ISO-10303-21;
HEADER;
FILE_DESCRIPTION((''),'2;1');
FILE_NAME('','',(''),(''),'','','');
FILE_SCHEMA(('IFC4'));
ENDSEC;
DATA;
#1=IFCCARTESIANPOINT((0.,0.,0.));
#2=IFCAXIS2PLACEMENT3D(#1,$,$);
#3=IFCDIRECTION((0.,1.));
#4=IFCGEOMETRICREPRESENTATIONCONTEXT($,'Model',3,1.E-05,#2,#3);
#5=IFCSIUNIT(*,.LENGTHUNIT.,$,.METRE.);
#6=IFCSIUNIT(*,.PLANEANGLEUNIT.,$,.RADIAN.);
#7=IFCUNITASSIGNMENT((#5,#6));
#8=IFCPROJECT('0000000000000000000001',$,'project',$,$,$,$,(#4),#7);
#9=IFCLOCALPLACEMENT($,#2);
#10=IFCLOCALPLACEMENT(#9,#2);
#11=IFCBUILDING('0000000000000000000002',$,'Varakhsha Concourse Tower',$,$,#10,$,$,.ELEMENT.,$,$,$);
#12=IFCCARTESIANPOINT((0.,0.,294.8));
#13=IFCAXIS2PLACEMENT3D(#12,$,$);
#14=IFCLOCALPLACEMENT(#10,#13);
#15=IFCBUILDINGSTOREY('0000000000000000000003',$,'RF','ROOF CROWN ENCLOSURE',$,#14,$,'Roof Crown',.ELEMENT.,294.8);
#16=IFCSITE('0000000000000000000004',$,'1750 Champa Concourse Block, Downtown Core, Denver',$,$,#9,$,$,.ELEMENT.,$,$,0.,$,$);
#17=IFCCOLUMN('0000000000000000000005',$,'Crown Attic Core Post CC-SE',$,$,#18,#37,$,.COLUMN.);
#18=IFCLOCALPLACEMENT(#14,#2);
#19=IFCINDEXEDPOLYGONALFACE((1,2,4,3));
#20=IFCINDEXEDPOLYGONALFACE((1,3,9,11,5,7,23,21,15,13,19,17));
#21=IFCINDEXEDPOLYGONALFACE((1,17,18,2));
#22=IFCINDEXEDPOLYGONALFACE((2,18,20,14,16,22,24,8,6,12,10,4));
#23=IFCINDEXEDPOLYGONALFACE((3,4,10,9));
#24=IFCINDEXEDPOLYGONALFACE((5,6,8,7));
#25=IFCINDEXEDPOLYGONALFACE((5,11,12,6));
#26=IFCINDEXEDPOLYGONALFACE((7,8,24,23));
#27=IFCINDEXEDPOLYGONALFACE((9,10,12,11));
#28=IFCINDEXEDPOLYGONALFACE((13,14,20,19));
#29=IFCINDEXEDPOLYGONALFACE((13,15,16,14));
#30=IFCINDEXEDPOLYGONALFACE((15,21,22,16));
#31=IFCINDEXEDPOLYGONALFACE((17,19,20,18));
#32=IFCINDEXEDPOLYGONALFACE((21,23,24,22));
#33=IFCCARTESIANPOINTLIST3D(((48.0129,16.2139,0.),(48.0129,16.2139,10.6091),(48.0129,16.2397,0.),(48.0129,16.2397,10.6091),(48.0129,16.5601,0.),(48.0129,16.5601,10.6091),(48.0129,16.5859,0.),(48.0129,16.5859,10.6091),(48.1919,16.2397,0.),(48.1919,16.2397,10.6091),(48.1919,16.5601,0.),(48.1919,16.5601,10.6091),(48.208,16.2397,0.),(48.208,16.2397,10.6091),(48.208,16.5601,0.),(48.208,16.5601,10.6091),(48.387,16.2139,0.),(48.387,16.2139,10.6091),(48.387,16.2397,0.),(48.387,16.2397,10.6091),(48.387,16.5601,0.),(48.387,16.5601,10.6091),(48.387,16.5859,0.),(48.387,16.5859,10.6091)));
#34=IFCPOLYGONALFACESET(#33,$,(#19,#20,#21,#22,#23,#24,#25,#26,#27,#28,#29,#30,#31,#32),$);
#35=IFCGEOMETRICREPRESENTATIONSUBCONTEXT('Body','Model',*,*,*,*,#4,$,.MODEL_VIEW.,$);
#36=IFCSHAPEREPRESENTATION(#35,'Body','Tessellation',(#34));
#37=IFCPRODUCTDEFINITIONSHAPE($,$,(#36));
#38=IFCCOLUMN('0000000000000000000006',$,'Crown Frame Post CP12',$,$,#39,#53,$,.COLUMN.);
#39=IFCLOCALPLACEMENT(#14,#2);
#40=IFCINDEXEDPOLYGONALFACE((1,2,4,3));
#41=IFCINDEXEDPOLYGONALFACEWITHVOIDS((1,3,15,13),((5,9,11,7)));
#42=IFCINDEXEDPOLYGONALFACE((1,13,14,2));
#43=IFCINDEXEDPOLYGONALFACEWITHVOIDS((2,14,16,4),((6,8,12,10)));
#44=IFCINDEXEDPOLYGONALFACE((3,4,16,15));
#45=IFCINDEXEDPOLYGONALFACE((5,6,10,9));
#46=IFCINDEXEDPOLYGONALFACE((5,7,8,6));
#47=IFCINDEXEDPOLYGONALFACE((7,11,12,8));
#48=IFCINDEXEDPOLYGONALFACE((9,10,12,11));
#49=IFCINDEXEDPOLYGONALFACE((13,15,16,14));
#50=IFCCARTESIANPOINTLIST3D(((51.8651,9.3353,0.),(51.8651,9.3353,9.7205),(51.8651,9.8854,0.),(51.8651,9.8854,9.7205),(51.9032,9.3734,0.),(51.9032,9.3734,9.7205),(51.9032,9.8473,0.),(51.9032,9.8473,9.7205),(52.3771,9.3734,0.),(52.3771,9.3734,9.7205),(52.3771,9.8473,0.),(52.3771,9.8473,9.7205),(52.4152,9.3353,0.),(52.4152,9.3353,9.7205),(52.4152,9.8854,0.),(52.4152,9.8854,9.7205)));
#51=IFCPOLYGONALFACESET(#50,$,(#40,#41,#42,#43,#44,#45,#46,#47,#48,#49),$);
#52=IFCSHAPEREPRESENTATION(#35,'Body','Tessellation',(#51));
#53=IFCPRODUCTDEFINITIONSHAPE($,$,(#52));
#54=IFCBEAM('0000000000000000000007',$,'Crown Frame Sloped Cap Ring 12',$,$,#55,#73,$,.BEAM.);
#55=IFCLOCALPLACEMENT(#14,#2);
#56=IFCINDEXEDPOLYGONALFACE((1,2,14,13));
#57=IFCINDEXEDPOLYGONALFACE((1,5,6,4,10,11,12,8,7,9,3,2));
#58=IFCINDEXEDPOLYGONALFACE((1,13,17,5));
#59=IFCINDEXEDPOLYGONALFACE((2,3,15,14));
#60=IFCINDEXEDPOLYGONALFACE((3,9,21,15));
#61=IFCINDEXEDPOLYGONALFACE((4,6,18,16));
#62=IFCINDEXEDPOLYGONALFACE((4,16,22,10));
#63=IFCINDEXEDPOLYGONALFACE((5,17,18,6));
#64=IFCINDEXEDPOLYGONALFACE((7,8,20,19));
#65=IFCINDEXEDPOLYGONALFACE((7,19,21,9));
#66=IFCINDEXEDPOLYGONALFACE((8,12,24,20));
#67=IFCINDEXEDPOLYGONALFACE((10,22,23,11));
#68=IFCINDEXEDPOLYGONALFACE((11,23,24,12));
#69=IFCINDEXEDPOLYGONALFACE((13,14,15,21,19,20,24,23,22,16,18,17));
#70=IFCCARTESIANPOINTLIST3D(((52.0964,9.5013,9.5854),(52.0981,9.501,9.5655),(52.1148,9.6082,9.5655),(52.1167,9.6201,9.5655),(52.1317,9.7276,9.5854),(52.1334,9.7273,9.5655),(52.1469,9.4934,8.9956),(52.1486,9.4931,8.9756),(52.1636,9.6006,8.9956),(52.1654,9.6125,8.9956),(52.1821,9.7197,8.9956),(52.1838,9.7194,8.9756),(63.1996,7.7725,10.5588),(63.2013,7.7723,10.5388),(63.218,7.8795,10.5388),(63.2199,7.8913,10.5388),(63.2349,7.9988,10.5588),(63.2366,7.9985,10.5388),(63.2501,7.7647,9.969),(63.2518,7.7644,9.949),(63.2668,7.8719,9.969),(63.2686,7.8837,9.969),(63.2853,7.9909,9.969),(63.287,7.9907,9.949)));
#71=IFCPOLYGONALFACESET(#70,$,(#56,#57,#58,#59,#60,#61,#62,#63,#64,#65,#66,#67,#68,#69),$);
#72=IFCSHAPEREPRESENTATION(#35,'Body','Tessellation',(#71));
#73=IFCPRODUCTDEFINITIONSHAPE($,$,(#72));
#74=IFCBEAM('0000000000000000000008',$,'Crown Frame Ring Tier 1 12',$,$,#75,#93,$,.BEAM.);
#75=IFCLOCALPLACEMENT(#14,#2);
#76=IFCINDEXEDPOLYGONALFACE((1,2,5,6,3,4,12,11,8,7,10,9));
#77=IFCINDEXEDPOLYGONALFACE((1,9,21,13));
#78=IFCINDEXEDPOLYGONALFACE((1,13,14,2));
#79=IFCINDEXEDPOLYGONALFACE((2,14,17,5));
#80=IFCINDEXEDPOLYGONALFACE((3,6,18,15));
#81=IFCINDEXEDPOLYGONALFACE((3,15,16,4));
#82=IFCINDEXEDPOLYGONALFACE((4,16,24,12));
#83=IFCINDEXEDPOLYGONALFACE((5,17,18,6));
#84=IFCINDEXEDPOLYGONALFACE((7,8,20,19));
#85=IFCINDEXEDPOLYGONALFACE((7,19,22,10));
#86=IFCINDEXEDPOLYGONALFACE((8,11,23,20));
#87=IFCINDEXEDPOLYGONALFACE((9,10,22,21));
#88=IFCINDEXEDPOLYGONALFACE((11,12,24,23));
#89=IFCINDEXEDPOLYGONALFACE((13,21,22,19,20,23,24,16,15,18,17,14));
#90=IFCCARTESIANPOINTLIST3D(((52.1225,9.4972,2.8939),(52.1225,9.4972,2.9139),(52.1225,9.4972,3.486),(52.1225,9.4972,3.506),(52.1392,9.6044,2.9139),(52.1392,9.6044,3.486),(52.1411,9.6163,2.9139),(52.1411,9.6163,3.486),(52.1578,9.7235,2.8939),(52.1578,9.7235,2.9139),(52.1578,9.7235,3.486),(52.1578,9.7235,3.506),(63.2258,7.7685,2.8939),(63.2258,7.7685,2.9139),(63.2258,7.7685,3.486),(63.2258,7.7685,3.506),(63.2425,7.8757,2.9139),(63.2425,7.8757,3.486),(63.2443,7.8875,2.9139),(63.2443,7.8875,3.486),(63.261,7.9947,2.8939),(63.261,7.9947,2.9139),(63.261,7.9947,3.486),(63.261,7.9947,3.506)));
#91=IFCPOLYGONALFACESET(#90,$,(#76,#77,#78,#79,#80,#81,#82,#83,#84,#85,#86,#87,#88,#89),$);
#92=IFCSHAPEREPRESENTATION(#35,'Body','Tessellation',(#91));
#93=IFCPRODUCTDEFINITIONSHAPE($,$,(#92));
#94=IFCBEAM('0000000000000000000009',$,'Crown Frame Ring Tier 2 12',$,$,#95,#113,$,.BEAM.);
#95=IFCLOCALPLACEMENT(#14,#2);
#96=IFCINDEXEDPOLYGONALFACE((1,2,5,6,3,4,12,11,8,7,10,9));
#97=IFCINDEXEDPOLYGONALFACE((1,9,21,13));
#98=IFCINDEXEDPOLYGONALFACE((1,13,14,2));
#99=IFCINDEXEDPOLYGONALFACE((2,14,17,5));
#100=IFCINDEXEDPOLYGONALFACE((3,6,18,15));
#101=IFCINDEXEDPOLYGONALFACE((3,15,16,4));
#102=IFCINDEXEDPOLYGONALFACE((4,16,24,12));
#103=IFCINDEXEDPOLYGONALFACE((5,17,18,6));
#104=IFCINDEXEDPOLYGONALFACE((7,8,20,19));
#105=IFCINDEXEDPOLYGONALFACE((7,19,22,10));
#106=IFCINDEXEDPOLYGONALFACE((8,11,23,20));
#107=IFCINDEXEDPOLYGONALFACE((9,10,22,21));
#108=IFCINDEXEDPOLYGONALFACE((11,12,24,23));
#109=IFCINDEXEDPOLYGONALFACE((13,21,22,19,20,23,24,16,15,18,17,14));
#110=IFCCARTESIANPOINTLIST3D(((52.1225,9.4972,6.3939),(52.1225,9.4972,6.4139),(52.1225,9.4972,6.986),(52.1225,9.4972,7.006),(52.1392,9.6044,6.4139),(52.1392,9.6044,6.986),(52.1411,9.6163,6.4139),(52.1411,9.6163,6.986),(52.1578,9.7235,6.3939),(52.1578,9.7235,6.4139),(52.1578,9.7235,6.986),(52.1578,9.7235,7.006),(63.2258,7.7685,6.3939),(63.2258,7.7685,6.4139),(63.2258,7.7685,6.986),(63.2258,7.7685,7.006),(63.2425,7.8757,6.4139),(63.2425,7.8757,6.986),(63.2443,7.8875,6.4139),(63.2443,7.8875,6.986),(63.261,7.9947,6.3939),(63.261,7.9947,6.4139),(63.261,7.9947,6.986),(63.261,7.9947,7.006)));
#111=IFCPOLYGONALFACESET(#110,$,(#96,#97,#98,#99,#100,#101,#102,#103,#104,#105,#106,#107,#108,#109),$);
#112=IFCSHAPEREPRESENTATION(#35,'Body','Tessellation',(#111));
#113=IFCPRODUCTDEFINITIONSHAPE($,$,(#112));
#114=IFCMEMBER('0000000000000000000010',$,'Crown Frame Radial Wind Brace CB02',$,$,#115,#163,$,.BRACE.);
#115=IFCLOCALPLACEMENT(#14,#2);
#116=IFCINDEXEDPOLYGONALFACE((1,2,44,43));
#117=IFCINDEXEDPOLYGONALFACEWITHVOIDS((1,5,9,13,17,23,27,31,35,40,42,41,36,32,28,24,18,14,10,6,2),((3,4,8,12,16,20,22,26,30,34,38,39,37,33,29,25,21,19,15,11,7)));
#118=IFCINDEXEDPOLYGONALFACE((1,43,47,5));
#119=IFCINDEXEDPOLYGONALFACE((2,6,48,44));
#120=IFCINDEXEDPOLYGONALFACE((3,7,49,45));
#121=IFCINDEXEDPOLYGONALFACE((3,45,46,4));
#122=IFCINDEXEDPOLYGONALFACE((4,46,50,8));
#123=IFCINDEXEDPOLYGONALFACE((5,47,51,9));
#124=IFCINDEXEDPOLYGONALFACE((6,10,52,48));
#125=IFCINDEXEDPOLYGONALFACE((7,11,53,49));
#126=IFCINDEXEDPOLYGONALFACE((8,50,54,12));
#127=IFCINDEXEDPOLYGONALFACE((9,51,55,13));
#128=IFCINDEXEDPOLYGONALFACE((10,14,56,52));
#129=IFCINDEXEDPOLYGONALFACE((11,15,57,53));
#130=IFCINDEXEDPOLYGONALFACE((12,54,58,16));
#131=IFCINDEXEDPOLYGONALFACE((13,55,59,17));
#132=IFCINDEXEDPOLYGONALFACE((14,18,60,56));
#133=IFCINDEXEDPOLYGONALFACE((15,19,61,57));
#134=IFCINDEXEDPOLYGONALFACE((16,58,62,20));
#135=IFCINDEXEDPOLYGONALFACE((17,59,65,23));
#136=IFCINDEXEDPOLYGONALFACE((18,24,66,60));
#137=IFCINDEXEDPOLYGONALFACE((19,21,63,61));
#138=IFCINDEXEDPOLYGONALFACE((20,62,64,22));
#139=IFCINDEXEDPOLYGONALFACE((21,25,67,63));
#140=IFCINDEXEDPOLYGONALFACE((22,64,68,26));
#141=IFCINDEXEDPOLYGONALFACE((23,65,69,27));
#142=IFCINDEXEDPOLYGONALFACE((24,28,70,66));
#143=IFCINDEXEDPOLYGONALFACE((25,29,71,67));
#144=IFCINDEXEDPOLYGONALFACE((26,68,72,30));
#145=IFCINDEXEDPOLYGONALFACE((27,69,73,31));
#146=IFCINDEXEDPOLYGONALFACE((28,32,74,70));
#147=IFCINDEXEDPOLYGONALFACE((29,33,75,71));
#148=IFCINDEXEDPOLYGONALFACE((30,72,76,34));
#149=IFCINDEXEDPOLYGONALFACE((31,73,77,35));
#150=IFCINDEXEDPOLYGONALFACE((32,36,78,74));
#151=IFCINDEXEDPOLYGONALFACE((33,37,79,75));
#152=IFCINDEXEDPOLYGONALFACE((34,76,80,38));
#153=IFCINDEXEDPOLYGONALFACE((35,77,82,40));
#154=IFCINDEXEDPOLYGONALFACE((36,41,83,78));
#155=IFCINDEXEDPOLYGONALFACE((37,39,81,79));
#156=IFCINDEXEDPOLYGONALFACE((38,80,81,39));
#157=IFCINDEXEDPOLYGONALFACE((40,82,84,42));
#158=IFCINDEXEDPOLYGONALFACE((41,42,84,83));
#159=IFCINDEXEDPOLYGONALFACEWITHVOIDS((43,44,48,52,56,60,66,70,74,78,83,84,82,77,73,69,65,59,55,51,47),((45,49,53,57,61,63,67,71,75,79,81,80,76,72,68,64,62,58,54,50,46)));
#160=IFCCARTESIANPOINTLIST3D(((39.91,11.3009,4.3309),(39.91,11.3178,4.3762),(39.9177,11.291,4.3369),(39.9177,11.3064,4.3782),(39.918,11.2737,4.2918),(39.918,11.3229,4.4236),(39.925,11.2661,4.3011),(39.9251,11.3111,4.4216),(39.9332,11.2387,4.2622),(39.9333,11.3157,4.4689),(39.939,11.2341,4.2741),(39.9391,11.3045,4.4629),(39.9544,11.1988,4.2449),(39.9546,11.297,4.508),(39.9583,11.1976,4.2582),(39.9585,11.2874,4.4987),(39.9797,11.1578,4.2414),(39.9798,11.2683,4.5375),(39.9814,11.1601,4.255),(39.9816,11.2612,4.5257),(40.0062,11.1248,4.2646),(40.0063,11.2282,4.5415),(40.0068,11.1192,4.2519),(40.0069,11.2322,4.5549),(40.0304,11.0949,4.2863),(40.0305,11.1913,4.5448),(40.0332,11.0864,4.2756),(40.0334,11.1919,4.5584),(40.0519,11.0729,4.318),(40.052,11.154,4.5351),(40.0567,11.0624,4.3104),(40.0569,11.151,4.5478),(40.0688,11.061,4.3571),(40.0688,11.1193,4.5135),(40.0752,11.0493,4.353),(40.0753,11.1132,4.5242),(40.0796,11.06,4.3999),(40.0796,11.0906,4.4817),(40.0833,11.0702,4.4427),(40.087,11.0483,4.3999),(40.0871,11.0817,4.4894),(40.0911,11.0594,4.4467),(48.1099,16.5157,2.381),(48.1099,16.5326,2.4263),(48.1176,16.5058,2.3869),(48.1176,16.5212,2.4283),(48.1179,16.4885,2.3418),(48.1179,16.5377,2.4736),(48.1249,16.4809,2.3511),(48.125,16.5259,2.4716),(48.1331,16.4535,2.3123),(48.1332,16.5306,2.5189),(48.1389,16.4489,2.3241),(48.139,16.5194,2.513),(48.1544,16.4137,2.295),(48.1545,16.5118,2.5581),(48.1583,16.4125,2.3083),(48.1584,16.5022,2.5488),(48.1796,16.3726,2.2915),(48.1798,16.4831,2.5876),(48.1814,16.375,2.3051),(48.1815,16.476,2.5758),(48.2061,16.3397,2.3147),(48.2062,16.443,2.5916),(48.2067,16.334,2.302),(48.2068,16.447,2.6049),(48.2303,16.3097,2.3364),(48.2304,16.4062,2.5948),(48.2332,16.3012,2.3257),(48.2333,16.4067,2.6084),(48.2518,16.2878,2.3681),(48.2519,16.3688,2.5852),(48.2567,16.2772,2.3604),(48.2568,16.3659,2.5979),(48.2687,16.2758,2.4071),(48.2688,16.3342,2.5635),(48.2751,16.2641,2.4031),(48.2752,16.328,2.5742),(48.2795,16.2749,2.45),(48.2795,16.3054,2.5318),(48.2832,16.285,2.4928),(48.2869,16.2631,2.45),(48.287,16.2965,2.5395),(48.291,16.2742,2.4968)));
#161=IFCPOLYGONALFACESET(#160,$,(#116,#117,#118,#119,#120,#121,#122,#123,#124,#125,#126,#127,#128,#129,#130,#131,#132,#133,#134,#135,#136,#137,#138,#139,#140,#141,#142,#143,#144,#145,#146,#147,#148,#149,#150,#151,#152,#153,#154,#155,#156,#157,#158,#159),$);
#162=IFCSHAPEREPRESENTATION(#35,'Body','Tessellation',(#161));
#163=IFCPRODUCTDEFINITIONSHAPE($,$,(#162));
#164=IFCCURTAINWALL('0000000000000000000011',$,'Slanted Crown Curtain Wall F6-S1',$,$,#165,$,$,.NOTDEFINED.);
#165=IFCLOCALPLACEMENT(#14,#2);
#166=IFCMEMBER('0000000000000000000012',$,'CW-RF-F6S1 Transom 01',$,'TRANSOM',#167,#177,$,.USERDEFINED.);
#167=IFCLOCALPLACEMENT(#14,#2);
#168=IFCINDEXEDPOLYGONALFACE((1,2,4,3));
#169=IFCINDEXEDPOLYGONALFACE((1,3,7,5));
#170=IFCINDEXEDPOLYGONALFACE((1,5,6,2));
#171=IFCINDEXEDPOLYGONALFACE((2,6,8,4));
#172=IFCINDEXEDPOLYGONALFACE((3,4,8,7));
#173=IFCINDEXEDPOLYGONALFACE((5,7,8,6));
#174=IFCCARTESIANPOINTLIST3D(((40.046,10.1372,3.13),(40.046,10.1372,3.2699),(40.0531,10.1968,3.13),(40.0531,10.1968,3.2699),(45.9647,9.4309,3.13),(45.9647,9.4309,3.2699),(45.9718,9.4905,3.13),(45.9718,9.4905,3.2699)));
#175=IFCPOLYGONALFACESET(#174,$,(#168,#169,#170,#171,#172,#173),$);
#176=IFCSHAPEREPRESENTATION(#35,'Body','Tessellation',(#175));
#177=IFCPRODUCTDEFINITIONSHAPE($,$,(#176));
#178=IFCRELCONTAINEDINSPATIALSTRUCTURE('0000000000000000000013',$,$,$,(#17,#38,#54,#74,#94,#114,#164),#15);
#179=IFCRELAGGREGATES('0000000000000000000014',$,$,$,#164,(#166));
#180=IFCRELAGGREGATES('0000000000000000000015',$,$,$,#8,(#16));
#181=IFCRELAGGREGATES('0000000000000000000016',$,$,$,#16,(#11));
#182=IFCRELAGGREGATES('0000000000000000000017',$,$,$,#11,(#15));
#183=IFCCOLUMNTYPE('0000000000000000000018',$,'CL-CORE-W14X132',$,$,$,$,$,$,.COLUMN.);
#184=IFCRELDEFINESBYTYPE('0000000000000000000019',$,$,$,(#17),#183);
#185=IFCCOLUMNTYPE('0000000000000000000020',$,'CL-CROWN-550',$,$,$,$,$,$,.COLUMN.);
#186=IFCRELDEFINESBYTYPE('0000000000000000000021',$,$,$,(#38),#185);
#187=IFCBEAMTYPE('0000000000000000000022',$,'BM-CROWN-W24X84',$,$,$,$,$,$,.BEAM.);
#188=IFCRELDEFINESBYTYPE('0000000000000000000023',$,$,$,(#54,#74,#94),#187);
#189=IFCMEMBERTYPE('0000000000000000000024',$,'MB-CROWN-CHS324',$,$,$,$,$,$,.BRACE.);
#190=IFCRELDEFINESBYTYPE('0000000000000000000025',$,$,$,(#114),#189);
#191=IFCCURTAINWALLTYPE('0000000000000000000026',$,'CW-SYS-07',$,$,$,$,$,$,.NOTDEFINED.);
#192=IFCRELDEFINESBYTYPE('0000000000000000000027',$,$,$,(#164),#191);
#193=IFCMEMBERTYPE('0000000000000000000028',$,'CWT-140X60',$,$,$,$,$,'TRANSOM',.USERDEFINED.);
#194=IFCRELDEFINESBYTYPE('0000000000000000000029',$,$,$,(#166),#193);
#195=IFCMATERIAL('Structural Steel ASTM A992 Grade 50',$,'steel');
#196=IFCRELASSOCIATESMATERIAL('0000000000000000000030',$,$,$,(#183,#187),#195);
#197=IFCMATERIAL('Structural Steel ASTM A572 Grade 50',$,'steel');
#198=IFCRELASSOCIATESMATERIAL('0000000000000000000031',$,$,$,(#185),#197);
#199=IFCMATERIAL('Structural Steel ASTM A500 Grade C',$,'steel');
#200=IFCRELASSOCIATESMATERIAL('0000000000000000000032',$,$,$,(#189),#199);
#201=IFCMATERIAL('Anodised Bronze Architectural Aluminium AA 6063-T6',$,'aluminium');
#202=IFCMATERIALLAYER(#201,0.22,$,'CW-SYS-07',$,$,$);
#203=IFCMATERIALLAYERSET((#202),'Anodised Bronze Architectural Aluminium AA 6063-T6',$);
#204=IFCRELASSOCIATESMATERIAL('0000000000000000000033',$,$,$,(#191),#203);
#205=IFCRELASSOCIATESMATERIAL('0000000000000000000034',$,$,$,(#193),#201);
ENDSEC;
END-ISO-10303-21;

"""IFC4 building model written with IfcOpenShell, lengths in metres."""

from ifc_helpers import new_model, si_unit, direction, frame, origin, origin_2d, place, context, subcontext, project, spatial, rectangle, hollow_rectangle, hollow_circle, i_section, extrude, source, transform, mapped, material, layer, layer_set, material_profile, profile_set, type_object, type_shapes, element, aggregate, save


model = new_model("IFC4")

# Units and contexts
model_context = context("Model", 3, precision=1e-05, world=origin(), true_north=direction((0.0, 1.0)))
body_context = subcontext(model_context, "Body", "Model", "MODEL_VIEW")
ifc_project = project(units=[si_unit("LENGTHUNIT", "METRE"), si_unit("PLANEANGLEUNIT", "RADIAN")], contexts=[model_context])

# Site, building, storey
site_placement = place(None, origin())
site = spatial("IfcSite", under=ifc_project, at=site_placement, Name="1750 Champa Concourse Block, Downtown Core, Denver", CompositionType="ELEMENT", RefElevation=0.0)
building_placement = place(site_placement, origin())
building = spatial("IfcBuilding", under=site, at=building_placement, Name="Varakhsha Concourse Tower", CompositionType="ELEMENT")
storey_placement = place(building_placement, frame((0.0, 0.0, 294.8)))
storey = spatial("IfcBuildingStorey", under=building, at=storey_placement, Name="RF", Description="ROOF CROWN ENCLOSURE", LongName="Roof Crown", CompositionType="ELEMENT", Elevation=294.8)

# Columns
ifc_material_1 = material(Name="Structural Steel ASTM A992 Grade 50", Category="steel")
ifc_material_profile_1 = material_profile(ifc_material_1, i_section(OverallWidth=0.374, OverallDepth=0.3721, WebThickness=0.0161, FlangeThickness=0.0259, at=origin_2d()), Name="W14X132")
ifc_profile_set_1 = profile_set([ifc_material_profile_1], Name="Structural Steel ASTM A992 Grade 50")
column_type_1 = type_object("IfcColumnType", Name="CL-CORE-W14X132", PredefinedType="COLUMN", material=ifc_profile_set_1)
column_1_placement = place(storey_placement, frame((48.2, 16.3999, 0.0), z_axis=(0.0, 0.0, 1.0), x_axis=(1.0, 0.0, 0.0)))
element("IfcColumn", 1, at=column_1_placement, inside=storey, type_object=column_type_1, Name="Crown Attic Core Post CC-SE", PredefinedType="COLUMN", context=body_context, shape_type="SweptSolid", body=[
    extrude(i_section(OverallWidth=0.374, OverallDepth=0.3721, WebThickness=0.0161, FlangeThickness=0.0259, at=origin_2d()), origin(), (0.0, 0.0, 1.0), 10.6091),
])
ifc_material_2 = material(Name="Structural Steel ASTM A572 Grade 50", Category="steel")
ifc_material_profile_2 = material_profile(ifc_material_2, hollow_rectangle(XDim=0.55, YDim=0.55, WallThickness=0.0381, at=origin_2d()), Name="BOX 550x550x38")
ifc_profile_set_2 = profile_set([ifc_material_profile_2], Name="Structural Steel ASTM A572 Grade 50")
column_type_2 = type_object("IfcColumnType", Name="CL-CROWN-550", PredefinedType="COLUMN", material=ifc_profile_set_2)
column_2_placement = place(storey_placement, frame((52.1401, 9.6104, 0.0), z_axis=(0.0, 0.0, 1.0), x_axis=(1.0, 0.0, 0.0)))
element("IfcColumn", 2, at=column_2_placement, inside=storey, type_object=column_type_2, Name="Crown Frame Post CP12", PredefinedType="COLUMN", context=body_context, shape_type="SweptSolid", body=[
    extrude(hollow_rectangle(XDim=0.55, YDim=0.55, WallThickness=0.0381, at=origin_2d()), origin(), (0.0, 0.0, 1.0), 9.7205),
])

# Beams
ifc_material_profile_3 = material_profile(ifc_material_1, i_section(OverallWidth=0.229, OverallDepth=0.6121, WebThickness=0.012, FlangeThickness=0.02, at=origin_2d()), Name="W24X84")
ifc_profile_set_3 = profile_set([ifc_material_profile_3], Name="Structural Steel ASTM A992 Grade 50")
beam_type = type_object("IfcBeamType", Name="BM-CROWN-W24X84", PredefinedType="BEAM", material=ifc_profile_set_3)
beam_placement = place(storey_placement, frame((52.1401, 9.6104, 9.2805), z_axis=(0.984409, -0.153271, 0.0863), x_axis=(0.153845, 0.988095, 0.0)))
element("IfcBeam", 3, at=beam_placement, inside=storey, type_object=beam_type, Name="Crown Frame Sloped Cap Ring 12", PredefinedType="BEAM", context=body_context, shape_type="SweptSolid", body=[
    extrude(i_section(OverallWidth=0.229, OverallDepth=0.6121, WebThickness=0.012, FlangeThickness=0.02, at=origin_2d()), origin(), (0.0, 0.0, 1.0), 11.2791),
])
for number, where, z_axis, x_axis, name in (
    (4, (52.1401, 9.6104, 3.2), (0.988095, -0.153845, 0.0), (0.153845, 0.988095, 0.0), "Crown Frame Ring Tier 1 12"),
    (5, (52.1401, 9.6104, 6.7), (0.988095, -0.153845, 0.0), (0.153845, 0.988095, 0.0), "Crown Frame Ring Tier 2 12"),
):
    element("IfcBeam", number, at=place(storey_placement, frame(where, z_axis=z_axis, x_axis=x_axis)), inside=storey, type_object=beam_type, Name=name, PredefinedType="BEAM", context=body_context, shape_type="SweptSolid", body=[
        extrude(i_section(OverallWidth=0.229, OverallDepth=0.6121, WebThickness=0.012, FlangeThickness=0.02, at=origin_2d()), origin(), (0.0, 0.0, 1.0), 11.2371),
    ])

# Member
ifc_material_3 = material(Name="Structural Steel ASTM A500 Grade C", Category="steel")
ifc_material_profile_4 = material_profile(ifc_material_3, hollow_circle(Radius=0.1621, WallThickness=0.0139, at=origin_2d()), Name="CHS 324x14")
ifc_profile_set_4 = profile_set([ifc_material_profile_4], Name="Structural Steel ASTM A500 Grade C")
member_type_1 = type_object("IfcMemberType", Name="MB-CROWN-CHS324", PredefinedType="BRACE", material=ifc_profile_set_4)
shared_shape_1 = source(origin(), body_context, "Body", "SweptSolid", [
    extrude(hollow_circle(Radius=0.1621, WallThickness=0.0139, at=origin_2d()), origin(), (0.0, 0.0, 1.0), 9.9114),
])
type_shapes(member_type_1, [shared_shape_1])
member_1_placement = place(storey_placement, frame((48.2, 16.3999, 2.45), z_axis=(-0.827324, -0.526145, 0.196738), x_axis=(0.536633, -0.843816, 0.0)))
element("IfcMember", 6, at=member_1_placement, inside=storey, type_object=member_type_1, Name="Crown Frame Radial Wind Brace CB02", PredefinedType="BRACE", context=body_context, shape_type="MappedRepresentation", body=[
    mapped(shared_shape_1, transform((0.0, 0.0, 0.0), scale=1.0)),
])

# Curtain wall, member
ifc_material_4 = material(Name="Anodised Bronze Architectural Aluminium AA 6063-T6", Category="aluminium")
ifc_layer_1 = layer(ifc_material_4, 0.22, Name="CW-SYS-07")
ifc_layer_set_1 = layer_set([ifc_layer_1], Name="Anodised Bronze Architectural Aluminium AA 6063-T6")
curtain_wall_type = type_object("IfcCurtainWallType", Name="CW-SYS-07", PredefinedType="NOTDEFINED", material=ifc_layer_set_1)
curtain_wall_1_placement = place(storey_placement, origin())
curtain_wall_1 = element("IfcCurtainWall", 7, at=curtain_wall_1_placement, inside=storey, type_object=curtain_wall_type, Name="Slanted Crown Curtain Wall F6-S1", PredefinedType="NOTDEFINED")
ifc_material_profile_5 = material_profile(ifc_material_4, rectangle(XDim=0.0601, YDim=0.1399, at=origin_2d()), Name="CWT-140X60")
ifc_profile_set_5 = profile_set([ifc_material_profile_5], Name="Anodised Bronze Architectural Aluminium AA 6063-T6")
member_type_2 = type_object("IfcMemberType", Name="CWT-140X60", ElementType="TRANSOM", PredefinedType="USERDEFINED", material=ifc_profile_set_5)
shared_shape_2 = source(origin(), body_context, "Body", "SweptSolid", [
    extrude(rectangle(XDim=0.0601, YDim=0.1399, at=origin_2d()), origin(), (0.0, 0.0, 1.0), 5.9607),
])
member_2_placement = place(storey_placement, frame((45.9683, 9.4607, 3.2), z_axis=(-0.992955, 0.118493, 0.0), x_axis=(-0.118493, -0.992955, 0.0)))
member_2 = element("IfcMember", 8, at=member_2_placement, type_object=member_type_2, Name="CW-RF-F6S1 Transom 01", ObjectType="TRANSOM", PredefinedType="USERDEFINED", context=body_context, shape_type="MappedRepresentation", body=[
    mapped(shared_shape_2, transform((0.0, 0.0, 0.0), scale=1.0)),
])

aggregate(curtain_wall_1, [member_2])

save(model, "model.ifc")
